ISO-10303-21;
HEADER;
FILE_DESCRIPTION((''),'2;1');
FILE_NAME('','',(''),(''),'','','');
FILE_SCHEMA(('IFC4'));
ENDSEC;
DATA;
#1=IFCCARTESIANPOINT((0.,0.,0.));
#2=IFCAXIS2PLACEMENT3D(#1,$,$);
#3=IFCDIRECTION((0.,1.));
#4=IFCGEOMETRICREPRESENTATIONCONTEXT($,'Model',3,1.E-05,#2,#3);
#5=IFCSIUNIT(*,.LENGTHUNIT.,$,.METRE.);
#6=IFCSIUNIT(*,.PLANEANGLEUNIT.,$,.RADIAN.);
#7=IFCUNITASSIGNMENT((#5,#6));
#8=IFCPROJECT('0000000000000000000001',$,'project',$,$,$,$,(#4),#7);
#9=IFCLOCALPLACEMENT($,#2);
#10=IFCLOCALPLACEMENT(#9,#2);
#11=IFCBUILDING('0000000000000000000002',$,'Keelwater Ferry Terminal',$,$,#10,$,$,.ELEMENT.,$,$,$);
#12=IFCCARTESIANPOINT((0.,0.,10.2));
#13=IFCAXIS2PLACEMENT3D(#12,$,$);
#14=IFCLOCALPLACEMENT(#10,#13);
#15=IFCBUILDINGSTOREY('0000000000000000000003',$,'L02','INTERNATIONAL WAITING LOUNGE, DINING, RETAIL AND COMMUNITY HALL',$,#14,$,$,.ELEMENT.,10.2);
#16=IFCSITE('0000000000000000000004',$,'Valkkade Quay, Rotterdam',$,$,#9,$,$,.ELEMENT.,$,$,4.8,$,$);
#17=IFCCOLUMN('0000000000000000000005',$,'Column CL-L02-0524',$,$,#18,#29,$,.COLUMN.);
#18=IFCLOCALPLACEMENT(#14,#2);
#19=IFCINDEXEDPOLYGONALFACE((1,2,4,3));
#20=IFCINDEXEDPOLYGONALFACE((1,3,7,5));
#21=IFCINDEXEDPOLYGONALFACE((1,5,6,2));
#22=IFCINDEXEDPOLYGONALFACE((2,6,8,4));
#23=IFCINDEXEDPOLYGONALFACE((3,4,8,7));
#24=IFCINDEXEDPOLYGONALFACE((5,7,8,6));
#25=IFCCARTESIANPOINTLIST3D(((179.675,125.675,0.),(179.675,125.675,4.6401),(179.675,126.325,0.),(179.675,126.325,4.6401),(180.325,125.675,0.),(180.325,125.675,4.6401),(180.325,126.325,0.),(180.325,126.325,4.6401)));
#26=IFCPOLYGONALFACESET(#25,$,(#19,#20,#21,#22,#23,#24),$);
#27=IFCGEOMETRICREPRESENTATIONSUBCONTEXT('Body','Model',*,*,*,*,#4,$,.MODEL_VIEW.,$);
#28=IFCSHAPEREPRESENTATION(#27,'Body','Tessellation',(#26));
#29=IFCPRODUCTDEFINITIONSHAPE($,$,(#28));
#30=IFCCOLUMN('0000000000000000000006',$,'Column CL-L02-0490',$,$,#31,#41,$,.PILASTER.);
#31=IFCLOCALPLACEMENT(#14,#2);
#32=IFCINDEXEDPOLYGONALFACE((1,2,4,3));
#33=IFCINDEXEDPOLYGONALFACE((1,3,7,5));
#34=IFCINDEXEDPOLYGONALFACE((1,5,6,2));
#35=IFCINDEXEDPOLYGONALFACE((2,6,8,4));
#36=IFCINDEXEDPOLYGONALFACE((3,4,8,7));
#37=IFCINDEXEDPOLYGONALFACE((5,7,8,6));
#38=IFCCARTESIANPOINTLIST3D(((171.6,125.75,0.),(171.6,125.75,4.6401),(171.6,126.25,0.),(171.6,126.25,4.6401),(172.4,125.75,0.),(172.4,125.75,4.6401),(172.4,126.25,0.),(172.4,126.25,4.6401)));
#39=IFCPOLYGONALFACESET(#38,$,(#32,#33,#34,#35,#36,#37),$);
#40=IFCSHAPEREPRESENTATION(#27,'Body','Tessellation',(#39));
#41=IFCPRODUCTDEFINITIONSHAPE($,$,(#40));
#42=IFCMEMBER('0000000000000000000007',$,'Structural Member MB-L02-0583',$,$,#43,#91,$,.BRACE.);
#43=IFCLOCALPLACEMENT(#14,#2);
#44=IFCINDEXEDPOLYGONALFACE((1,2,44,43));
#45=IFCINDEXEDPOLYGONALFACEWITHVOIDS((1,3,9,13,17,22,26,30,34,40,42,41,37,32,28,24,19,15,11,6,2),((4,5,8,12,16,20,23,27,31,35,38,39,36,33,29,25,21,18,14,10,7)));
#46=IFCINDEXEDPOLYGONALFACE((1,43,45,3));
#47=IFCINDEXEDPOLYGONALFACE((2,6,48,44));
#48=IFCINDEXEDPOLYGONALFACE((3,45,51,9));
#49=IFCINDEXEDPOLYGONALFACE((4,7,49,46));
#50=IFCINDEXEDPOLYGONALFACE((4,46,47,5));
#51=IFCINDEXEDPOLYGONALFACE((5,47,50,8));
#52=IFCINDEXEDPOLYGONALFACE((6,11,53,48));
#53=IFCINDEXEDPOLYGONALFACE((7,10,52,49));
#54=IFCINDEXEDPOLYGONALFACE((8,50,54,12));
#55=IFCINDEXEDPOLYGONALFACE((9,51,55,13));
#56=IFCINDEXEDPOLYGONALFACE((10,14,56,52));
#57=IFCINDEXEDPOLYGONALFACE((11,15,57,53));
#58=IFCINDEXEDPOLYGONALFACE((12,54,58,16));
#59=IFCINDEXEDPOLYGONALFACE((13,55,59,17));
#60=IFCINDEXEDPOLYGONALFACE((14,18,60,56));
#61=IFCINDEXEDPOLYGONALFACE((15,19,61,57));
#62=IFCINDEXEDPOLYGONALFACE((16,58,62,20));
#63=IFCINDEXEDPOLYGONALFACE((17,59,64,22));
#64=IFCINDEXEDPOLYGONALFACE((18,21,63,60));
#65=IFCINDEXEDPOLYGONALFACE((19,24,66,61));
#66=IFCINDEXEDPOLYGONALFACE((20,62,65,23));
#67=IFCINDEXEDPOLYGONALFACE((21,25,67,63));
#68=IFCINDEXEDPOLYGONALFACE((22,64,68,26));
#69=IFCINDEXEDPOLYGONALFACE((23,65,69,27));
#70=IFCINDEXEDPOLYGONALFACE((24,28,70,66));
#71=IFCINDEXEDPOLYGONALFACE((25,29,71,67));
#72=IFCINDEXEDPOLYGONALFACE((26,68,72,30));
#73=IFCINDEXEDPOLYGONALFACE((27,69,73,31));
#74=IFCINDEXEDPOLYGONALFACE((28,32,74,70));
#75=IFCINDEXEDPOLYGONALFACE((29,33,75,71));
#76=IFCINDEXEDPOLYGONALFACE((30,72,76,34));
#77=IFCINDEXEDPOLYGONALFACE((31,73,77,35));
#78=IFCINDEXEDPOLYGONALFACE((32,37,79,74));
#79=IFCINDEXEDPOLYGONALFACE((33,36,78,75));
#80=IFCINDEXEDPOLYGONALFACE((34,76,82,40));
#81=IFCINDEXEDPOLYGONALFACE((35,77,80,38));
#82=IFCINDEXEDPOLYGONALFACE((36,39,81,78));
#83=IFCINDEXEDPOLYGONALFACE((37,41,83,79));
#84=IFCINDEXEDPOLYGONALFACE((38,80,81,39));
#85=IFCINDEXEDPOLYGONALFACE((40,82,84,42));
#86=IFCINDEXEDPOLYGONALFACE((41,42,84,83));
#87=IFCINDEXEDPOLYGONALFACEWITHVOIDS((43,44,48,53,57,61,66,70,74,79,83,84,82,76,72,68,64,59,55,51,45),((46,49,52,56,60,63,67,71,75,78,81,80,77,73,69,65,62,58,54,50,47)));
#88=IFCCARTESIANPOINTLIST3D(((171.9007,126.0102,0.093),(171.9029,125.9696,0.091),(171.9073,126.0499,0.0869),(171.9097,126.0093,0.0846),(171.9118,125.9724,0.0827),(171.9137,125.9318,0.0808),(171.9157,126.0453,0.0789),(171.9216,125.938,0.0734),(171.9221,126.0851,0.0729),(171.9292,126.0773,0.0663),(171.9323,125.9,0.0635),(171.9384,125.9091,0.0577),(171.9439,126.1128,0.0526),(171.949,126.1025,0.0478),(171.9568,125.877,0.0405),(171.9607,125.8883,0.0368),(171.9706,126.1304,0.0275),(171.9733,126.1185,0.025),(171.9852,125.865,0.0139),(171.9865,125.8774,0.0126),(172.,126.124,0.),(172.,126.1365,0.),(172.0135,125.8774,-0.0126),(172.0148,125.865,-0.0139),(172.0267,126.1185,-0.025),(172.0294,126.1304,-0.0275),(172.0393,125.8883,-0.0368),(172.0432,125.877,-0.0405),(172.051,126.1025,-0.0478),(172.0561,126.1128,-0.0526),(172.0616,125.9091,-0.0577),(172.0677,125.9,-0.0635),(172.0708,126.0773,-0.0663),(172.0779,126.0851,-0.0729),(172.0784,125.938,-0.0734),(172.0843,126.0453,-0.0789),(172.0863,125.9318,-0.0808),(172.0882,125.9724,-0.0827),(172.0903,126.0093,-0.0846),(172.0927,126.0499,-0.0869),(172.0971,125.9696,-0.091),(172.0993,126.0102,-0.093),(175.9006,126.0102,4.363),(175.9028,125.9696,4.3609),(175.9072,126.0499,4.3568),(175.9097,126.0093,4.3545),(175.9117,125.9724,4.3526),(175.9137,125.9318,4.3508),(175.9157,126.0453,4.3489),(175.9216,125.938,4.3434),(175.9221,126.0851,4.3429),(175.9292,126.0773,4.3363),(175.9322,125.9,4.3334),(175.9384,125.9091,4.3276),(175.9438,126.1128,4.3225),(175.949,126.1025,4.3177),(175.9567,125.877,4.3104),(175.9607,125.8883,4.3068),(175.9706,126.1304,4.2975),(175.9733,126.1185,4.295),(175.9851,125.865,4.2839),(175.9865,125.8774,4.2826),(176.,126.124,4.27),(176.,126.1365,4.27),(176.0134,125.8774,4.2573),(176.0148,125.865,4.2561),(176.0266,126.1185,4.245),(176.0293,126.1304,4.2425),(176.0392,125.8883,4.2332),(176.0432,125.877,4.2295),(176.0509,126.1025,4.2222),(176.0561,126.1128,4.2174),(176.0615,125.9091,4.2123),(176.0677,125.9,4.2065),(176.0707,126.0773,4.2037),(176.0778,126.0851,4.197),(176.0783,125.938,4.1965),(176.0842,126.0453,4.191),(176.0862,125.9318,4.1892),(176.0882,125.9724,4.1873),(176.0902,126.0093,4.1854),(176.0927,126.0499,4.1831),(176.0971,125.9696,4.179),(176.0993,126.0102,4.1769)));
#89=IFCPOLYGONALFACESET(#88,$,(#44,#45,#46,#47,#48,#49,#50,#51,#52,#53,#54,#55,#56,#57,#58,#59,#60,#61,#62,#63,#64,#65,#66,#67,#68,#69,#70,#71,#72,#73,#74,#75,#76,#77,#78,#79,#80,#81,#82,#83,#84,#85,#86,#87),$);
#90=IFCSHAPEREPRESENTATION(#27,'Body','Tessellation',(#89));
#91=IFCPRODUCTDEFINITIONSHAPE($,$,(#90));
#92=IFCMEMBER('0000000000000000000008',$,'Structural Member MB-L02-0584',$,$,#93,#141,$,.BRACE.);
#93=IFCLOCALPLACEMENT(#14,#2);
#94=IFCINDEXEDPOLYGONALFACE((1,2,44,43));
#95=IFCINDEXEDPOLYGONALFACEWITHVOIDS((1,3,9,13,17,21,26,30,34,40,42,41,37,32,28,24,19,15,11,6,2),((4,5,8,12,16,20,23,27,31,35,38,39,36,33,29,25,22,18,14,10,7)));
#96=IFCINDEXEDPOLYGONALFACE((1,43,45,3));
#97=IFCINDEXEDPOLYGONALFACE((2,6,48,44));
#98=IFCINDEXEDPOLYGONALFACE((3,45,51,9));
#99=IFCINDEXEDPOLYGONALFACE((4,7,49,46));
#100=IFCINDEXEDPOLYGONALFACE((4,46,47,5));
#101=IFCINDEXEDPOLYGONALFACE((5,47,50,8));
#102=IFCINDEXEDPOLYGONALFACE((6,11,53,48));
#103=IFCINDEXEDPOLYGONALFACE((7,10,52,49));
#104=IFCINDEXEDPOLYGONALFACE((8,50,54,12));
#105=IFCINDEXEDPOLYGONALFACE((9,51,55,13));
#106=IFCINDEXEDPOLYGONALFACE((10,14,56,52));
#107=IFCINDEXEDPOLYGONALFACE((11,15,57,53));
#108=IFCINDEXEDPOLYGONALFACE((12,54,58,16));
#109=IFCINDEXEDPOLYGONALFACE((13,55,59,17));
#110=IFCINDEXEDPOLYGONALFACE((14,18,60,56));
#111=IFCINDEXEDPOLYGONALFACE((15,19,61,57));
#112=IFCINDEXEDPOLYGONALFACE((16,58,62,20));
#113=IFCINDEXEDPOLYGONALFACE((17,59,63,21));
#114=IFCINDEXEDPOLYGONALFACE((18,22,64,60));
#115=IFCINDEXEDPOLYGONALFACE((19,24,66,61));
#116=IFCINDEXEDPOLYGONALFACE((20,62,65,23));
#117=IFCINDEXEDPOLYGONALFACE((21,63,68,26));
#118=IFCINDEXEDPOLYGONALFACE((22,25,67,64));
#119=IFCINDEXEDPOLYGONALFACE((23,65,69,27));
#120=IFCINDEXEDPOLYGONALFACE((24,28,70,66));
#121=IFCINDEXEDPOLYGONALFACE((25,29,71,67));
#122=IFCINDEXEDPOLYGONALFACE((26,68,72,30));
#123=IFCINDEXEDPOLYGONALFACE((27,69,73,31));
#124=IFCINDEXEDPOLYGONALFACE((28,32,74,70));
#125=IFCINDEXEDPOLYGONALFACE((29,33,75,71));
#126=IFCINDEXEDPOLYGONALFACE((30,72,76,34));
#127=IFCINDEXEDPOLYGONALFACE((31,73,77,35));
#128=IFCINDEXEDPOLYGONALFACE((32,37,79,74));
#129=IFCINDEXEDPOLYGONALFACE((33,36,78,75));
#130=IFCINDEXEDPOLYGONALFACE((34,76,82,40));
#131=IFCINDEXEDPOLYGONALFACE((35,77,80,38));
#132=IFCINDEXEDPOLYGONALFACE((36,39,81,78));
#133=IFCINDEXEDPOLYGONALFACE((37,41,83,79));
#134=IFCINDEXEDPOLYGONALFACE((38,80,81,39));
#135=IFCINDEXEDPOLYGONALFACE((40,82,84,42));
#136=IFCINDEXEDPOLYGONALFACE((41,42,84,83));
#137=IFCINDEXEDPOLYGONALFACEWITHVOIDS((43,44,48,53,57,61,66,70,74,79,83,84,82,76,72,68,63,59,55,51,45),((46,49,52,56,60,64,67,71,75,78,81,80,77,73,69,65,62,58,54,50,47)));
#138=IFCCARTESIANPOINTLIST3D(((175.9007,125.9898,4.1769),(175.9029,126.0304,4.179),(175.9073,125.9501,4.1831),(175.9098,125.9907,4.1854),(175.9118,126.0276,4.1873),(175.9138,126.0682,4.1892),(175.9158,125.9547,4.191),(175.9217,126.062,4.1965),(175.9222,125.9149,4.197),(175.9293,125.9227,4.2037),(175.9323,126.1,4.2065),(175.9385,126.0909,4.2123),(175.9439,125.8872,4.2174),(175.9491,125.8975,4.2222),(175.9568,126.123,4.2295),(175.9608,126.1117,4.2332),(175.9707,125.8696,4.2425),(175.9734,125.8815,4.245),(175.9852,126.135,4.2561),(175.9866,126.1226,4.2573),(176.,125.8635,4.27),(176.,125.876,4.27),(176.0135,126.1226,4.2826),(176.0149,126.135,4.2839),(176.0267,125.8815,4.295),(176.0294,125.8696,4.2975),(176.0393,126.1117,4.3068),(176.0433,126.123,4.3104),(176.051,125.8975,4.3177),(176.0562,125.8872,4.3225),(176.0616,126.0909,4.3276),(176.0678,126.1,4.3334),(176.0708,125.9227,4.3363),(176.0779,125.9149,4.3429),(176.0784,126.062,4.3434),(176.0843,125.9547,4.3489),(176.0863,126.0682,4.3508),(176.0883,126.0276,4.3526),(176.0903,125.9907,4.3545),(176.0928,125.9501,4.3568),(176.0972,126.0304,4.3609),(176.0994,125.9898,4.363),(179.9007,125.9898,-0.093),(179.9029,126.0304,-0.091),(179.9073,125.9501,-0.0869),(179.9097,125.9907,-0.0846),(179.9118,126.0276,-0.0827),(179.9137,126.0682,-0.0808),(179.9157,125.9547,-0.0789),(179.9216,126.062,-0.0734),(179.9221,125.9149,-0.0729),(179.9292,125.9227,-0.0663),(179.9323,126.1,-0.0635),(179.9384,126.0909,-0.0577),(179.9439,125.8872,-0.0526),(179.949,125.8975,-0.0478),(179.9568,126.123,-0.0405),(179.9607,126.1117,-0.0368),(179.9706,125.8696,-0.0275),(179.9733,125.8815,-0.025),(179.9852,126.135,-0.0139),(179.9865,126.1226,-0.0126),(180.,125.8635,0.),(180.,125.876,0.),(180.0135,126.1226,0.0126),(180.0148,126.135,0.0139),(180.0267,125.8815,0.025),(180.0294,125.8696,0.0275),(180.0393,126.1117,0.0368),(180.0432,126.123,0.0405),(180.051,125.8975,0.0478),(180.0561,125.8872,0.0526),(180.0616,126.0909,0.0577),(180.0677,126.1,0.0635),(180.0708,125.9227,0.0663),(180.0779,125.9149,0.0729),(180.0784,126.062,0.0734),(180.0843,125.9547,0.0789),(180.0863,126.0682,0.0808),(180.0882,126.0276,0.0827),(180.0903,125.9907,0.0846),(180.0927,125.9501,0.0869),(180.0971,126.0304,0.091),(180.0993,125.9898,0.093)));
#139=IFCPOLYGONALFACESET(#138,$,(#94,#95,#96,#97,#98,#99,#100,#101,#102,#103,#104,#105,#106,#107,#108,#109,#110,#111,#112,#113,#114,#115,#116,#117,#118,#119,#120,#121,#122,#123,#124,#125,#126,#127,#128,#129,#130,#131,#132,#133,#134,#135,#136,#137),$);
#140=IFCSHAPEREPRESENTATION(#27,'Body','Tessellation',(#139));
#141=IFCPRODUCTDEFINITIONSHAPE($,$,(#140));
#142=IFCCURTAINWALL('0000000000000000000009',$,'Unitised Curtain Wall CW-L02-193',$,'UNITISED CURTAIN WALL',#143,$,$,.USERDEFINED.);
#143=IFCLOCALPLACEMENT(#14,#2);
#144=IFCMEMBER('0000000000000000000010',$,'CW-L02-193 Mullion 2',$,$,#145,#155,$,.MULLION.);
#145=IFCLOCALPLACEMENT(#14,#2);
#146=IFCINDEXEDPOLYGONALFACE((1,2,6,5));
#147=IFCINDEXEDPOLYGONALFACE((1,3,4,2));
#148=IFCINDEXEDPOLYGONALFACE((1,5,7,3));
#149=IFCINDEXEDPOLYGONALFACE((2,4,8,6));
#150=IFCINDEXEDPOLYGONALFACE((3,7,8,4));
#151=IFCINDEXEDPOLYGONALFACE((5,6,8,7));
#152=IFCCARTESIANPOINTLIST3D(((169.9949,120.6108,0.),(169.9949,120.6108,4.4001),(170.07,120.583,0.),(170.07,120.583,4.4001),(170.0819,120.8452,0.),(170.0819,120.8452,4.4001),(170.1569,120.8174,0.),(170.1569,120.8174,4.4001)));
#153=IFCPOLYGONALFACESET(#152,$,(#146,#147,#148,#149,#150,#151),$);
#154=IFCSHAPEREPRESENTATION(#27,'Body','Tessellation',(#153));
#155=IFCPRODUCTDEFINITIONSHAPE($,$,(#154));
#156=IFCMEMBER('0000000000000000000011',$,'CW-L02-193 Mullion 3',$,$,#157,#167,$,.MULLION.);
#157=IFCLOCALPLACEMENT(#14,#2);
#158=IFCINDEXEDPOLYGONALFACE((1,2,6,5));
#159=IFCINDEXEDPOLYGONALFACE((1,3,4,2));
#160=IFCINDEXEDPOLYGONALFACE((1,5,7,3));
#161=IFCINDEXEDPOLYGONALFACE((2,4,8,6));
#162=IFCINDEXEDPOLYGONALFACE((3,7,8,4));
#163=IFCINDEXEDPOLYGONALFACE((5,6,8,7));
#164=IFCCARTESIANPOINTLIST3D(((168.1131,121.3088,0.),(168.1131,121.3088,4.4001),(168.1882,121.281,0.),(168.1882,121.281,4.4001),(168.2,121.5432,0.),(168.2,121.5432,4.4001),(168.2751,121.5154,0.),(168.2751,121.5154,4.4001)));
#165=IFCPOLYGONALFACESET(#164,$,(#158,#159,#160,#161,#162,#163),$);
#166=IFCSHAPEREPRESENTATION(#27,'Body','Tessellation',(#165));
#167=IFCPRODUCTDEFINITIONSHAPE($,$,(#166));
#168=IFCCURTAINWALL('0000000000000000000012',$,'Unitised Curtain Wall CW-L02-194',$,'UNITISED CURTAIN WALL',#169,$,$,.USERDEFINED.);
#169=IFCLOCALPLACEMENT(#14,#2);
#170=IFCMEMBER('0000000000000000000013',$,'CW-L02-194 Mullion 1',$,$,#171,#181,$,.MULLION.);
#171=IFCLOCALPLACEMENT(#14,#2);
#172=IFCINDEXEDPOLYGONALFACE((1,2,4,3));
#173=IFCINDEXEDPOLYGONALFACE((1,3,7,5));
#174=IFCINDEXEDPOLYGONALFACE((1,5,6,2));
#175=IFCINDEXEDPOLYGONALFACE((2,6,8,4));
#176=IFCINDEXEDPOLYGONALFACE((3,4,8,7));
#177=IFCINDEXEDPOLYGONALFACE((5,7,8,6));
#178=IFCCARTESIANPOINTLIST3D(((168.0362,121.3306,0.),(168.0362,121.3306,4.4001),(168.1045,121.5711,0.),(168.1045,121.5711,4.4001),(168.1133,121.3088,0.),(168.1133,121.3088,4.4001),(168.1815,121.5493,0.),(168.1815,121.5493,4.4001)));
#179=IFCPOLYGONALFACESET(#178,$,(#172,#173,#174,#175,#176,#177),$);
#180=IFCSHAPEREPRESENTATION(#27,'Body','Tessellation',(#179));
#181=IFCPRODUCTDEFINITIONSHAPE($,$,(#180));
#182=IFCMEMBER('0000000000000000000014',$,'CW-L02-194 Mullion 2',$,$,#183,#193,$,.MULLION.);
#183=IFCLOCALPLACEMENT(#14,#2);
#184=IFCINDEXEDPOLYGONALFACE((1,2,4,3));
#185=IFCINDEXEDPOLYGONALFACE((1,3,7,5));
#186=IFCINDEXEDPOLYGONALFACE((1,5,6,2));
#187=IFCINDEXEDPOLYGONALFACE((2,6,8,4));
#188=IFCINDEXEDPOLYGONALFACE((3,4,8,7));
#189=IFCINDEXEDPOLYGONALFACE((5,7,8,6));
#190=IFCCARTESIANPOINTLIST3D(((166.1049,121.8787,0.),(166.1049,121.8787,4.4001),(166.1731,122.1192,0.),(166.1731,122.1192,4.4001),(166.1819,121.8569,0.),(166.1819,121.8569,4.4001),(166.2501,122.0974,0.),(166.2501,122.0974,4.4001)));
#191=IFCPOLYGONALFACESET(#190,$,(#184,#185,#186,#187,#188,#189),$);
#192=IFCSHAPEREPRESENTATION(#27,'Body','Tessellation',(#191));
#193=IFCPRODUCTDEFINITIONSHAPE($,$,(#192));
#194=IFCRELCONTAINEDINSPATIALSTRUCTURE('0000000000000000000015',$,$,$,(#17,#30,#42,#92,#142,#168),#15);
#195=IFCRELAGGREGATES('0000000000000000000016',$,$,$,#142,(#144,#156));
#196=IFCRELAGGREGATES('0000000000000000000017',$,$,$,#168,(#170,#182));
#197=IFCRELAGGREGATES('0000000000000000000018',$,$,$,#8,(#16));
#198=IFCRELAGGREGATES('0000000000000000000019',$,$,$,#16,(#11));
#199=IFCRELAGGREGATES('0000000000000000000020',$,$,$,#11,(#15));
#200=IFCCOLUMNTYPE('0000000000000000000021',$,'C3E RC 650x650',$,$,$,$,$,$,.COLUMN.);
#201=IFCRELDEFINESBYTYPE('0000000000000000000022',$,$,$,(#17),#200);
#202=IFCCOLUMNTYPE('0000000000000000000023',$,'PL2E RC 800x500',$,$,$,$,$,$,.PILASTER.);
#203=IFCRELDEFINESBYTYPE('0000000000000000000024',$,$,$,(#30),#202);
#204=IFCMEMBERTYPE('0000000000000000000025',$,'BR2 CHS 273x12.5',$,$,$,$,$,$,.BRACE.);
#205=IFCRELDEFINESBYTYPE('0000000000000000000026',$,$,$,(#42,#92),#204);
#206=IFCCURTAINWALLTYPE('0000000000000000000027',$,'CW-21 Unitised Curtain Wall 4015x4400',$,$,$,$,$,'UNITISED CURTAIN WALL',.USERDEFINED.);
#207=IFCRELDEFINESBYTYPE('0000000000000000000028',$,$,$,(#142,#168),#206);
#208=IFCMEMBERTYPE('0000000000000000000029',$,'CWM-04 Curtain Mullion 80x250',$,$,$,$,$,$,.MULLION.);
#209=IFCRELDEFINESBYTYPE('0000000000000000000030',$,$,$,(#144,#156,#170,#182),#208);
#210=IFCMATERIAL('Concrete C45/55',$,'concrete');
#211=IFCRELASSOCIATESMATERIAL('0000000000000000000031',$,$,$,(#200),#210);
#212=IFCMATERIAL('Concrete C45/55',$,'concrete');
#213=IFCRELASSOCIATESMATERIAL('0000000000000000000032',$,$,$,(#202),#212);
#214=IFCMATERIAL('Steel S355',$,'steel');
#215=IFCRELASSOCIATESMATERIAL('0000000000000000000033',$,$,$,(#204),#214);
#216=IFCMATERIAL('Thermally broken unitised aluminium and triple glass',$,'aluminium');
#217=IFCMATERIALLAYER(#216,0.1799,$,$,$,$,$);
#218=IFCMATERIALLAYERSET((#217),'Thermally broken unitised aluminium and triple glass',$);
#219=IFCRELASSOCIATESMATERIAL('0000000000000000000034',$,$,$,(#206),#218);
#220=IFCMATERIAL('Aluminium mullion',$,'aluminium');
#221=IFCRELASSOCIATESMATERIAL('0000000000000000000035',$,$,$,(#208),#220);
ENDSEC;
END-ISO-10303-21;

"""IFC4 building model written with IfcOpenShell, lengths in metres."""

from ifc_helpers import new_model, si_unit, direction, frame, origin, origin_2d, place, context, subcontext, project, spatial, rectangle, hollow_circle, extrude, material, layer, layer_set, material_profile, profile_set, type_object, element, aggregate, save


model = new_model("IFC4")

# Units and contexts
model_context = context("Model", 3, precision=1e-05, world=origin(), true_north=direction((0.0, 1.0)))
body_context = subcontext(model_context, "Body", "Model", "MODEL_VIEW")
ifc_project = project(units=[si_unit("LENGTHUNIT", "METRE"), si_unit("PLANEANGLEUNIT", "RADIAN")], contexts=[model_context])

# Site, building, storey
site_placement = place(None, origin())
site = spatial("IfcSite", under=ifc_project, at=site_placement, Name="Valkkade Quay, Rotterdam", CompositionType="ELEMENT", RefElevation=4.8)
building_placement = place(site_placement, origin())
building = spatial("IfcBuilding", under=site, at=building_placement, Name="Keelwater Ferry Terminal", CompositionType="ELEMENT")
storey_placement = place(building_placement, frame((0.0, 0.0, 10.2)))
storey = spatial("IfcBuildingStorey", under=building, at=storey_placement, Name="L02", Description="INTERNATIONAL WAITING LOUNGE, DINING, RETAIL AND COMMUNITY HALL", CompositionType="ELEMENT", Elevation=10.2)

# Columns
ifc_material_1 = material(Name="Concrete C45/55", Category="concrete")
ifc_material_profile_1 = material_profile(ifc_material_1, rectangle(XDim=0.6499, YDim=0.6499, at=origin_2d()), Name="RC 650x650")
ifc_profile_set_1 = profile_set([ifc_material_profile_1], Name="Concrete C45/55")
column_type_1 = type_object("IfcColumnType", Name="C3E RC 650x650", PredefinedType="COLUMN", material=ifc_profile_set_1)
column_1_placement = place(storey_placement, frame((180.0, 126.0, 0.0), z_axis=(0.0, 0.0, 1.0), x_axis=(1.0, 0.0, 0.0)))
element("IfcColumn", 1, at=column_1_placement, inside=storey, type_object=column_type_1, Name="Column CL-L02-0524", PredefinedType="COLUMN", context=body_context, shape_type="SweptSolid", body=[
    extrude(rectangle(XDim=0.6499, YDim=0.6499, at=origin_2d()), origin(), (0.0, 0.0, 1.0), 4.6401),
])
ifc_material_2 = material(Name="Concrete C45/55", Category="concrete")
ifc_material_profile_2 = material_profile(ifc_material_2, rectangle(XDim=0.5, YDim=0.8, at=origin_2d()), Name="RC 800x500")
ifc_profile_set_2 = profile_set([ifc_material_profile_2], Name="Concrete C45/55")
column_type_2 = type_object("IfcColumnType", Name="PL2E RC 800x500", PredefinedType="PILASTER", material=ifc_profile_set_2)
column_2_placement = place(storey_placement, frame((172.0, 126.0, 0.0), z_axis=(0.0, 0.0, 1.0), x_axis=(0.0, 1.0, 0.0)))
element("IfcColumn", 2, at=column_2_placement, inside=storey, type_object=column_type_2, Name="Column CL-L02-0490", PredefinedType="PILASTER", context=body_context, shape_type="SweptSolid", body=[
    extrude(rectangle(XDim=0.5, YDim=0.8, at=origin_2d()), origin(), (0.0, 0.0, 1.0), 4.6401),
])

# Members
ifc_material_3 = material(Name="Steel S355", Category="steel")
ifc_material_profile_3 = material_profile(ifc_material_3, hollow_circle(Radius=0.1365, WallThickness=0.0125, at=origin_2d()), Name="CHS 273x12.5")
ifc_profile_set_3 = profile_set([ifc_material_profile_3], Name="Steel S355")
member_type_1 = type_object("IfcMemberType", Name="BR2 CHS 273x12.5", PredefinedType="BRACE", material=ifc_profile_set_3)
for number, where, z_axis, x_axis, name in (
    (3, (172.0, 126.0, 0.0), (0.683655, 0.0, 0.729805), (0.0, 1.0, 0.0), "Structural Member MB-L02-0583"),
    (4, (180.0, 126.0, 0.0), (-0.683655, 0.0, 0.729805), (0.0, -1.0, 0.0), "Structural Member MB-L02-0584"),
):
    element("IfcMember", number, at=place(storey_placement, frame(where, z_axis=z_axis, x_axis=x_axis)), inside=storey, type_object=member_type_1, Name=name, PredefinedType="BRACE", context=body_context, shape_type="SweptSolid", body=[
        extrude(hollow_circle(Radius=0.1365, WallThickness=0.0125, at=origin_2d()), origin(), (0.0, 0.0, 1.0), 5.8508),
    ])

# Curtain walls, members
ifc_material_4 = material(Name="Thermally broken unitised aluminium and triple glass", Category="aluminium")
ifc_layer_1 = layer(ifc_material_4, 0.1799)
ifc_layer_set_1 = layer_set([ifc_layer_1], Name="Thermally broken unitised aluminium and triple glass")
curtain_wall_type = type_object("IfcCurtainWallType", Name="CW-21 Unitised Curtain Wall 4015x4400", ElementType="UNITISED CURTAIN WALL", PredefinedType="USERDEFINED", material=ifc_layer_set_1)
curtain_wall_1_placement = place(storey_placement, origin())
curtain_wall_1 = element("IfcCurtainWall", 5, at=curtain_wall_1_placement, inside=storey, type_object=curtain_wall_type, Name="Unitised Curtain Wall CW-L02-193", ObjectType="UNITISED CURTAIN WALL", PredefinedType="USERDEFINED")
ifc_material_5 = material(Name="Aluminium mullion", Category="aluminium")
ifc_material_profile_4 = material_profile(ifc_material_5, rectangle(XDim=0.0801, YDim=0.25, at=origin_2d()), Name="CWM-04")
ifc_profile_set_4 = profile_set([ifc_material_profile_4], Name="Aluminium mullion")
member_type_2 = type_object("IfcMemberType", Name="CWM-04 Curtain Mullion 80x250", PredefinedType="MULLION", material=ifc_profile_set_4)
member_1_placement = place(storey_placement, frame((170.0759, 120.7141, 0.0), z_axis=(0.0, 0.0, 1.0), x_axis=(-0.937592, 0.347736, 0.0)))
member_1 = element("IfcMember", 6, at=member_1_placement, type_object=member_type_2, Name="CW-L02-193 Mullion 2", PredefinedType="MULLION", context=body_context, shape_type="SweptSolid", body=[
    extrude(rectangle(XDim=0.0801, YDim=0.25, at=origin_2d()), origin(), (0.0, 0.0, 1.0), 4.4001),
])
member_2_placement = place(storey_placement, frame((168.1941, 121.4121, 0.0), z_axis=(0.0, 0.0, 1.0), x_axis=(-0.937592, 0.347736, 0.0)))
member_2 = element("IfcMember", 7, at=member_2_placement, type_object=member_type_2, Name="CW-L02-193 Mullion 3", PredefinedType="MULLION", context=body_context, shape_type="SweptSolid", body=[
    extrude(rectangle(XDim=0.0801, YDim=0.25, at=origin_2d()), origin(), (0.0, 0.0, 1.0), 4.4001),
])
curtain_wall_2_placement = place(storey_placement, origin())
curtain_wall_2 = element("IfcCurtainWall", 8, at=curtain_wall_2_placement, inside=storey, type_object=curtain_wall_type, Name="Unitised Curtain Wall CW-L02-194", ObjectType="UNITISED CURTAIN WALL", PredefinedType="USERDEFINED")
member_3_placement = place(storey_placement, frame((168.1089, 121.4399, 0.0), z_axis=(0.0, 0.0, 1.0), x_axis=(-0.96203, 0.272945, 0.0)))
member_3 = element("IfcMember", 9, at=member_3_placement, type_object=member_type_2, Name="CW-L02-194 Mullion 1", PredefinedType="MULLION", context=body_context, shape_type="SweptSolid", body=[
    extrude(rectangle(XDim=0.0801, YDim=0.25, at=origin_2d()), origin(), (0.0, 0.0, 1.0), 4.4001),
])
member_4_placement = place(storey_placement, frame((166.1775, 121.988, 0.0), z_axis=(0.0, 0.0, 1.0), x_axis=(-0.96203, 0.272945, 0.0)))
member_4 = element("IfcMember", 10, at=member_4_placement, type_object=member_type_2, Name="CW-L02-194 Mullion 2", PredefinedType="MULLION", context=body_context, shape_type="SweptSolid", body=[
    extrude(rectangle(XDim=0.0801, YDim=0.25, at=origin_2d()), origin(), (0.0, 0.0, 1.0), 4.4001),
])

aggregate(curtain_wall_1, [member_1, member_2])
aggregate(curtain_wall_2, [member_3, member_4])

save(model, "model.ifc")
